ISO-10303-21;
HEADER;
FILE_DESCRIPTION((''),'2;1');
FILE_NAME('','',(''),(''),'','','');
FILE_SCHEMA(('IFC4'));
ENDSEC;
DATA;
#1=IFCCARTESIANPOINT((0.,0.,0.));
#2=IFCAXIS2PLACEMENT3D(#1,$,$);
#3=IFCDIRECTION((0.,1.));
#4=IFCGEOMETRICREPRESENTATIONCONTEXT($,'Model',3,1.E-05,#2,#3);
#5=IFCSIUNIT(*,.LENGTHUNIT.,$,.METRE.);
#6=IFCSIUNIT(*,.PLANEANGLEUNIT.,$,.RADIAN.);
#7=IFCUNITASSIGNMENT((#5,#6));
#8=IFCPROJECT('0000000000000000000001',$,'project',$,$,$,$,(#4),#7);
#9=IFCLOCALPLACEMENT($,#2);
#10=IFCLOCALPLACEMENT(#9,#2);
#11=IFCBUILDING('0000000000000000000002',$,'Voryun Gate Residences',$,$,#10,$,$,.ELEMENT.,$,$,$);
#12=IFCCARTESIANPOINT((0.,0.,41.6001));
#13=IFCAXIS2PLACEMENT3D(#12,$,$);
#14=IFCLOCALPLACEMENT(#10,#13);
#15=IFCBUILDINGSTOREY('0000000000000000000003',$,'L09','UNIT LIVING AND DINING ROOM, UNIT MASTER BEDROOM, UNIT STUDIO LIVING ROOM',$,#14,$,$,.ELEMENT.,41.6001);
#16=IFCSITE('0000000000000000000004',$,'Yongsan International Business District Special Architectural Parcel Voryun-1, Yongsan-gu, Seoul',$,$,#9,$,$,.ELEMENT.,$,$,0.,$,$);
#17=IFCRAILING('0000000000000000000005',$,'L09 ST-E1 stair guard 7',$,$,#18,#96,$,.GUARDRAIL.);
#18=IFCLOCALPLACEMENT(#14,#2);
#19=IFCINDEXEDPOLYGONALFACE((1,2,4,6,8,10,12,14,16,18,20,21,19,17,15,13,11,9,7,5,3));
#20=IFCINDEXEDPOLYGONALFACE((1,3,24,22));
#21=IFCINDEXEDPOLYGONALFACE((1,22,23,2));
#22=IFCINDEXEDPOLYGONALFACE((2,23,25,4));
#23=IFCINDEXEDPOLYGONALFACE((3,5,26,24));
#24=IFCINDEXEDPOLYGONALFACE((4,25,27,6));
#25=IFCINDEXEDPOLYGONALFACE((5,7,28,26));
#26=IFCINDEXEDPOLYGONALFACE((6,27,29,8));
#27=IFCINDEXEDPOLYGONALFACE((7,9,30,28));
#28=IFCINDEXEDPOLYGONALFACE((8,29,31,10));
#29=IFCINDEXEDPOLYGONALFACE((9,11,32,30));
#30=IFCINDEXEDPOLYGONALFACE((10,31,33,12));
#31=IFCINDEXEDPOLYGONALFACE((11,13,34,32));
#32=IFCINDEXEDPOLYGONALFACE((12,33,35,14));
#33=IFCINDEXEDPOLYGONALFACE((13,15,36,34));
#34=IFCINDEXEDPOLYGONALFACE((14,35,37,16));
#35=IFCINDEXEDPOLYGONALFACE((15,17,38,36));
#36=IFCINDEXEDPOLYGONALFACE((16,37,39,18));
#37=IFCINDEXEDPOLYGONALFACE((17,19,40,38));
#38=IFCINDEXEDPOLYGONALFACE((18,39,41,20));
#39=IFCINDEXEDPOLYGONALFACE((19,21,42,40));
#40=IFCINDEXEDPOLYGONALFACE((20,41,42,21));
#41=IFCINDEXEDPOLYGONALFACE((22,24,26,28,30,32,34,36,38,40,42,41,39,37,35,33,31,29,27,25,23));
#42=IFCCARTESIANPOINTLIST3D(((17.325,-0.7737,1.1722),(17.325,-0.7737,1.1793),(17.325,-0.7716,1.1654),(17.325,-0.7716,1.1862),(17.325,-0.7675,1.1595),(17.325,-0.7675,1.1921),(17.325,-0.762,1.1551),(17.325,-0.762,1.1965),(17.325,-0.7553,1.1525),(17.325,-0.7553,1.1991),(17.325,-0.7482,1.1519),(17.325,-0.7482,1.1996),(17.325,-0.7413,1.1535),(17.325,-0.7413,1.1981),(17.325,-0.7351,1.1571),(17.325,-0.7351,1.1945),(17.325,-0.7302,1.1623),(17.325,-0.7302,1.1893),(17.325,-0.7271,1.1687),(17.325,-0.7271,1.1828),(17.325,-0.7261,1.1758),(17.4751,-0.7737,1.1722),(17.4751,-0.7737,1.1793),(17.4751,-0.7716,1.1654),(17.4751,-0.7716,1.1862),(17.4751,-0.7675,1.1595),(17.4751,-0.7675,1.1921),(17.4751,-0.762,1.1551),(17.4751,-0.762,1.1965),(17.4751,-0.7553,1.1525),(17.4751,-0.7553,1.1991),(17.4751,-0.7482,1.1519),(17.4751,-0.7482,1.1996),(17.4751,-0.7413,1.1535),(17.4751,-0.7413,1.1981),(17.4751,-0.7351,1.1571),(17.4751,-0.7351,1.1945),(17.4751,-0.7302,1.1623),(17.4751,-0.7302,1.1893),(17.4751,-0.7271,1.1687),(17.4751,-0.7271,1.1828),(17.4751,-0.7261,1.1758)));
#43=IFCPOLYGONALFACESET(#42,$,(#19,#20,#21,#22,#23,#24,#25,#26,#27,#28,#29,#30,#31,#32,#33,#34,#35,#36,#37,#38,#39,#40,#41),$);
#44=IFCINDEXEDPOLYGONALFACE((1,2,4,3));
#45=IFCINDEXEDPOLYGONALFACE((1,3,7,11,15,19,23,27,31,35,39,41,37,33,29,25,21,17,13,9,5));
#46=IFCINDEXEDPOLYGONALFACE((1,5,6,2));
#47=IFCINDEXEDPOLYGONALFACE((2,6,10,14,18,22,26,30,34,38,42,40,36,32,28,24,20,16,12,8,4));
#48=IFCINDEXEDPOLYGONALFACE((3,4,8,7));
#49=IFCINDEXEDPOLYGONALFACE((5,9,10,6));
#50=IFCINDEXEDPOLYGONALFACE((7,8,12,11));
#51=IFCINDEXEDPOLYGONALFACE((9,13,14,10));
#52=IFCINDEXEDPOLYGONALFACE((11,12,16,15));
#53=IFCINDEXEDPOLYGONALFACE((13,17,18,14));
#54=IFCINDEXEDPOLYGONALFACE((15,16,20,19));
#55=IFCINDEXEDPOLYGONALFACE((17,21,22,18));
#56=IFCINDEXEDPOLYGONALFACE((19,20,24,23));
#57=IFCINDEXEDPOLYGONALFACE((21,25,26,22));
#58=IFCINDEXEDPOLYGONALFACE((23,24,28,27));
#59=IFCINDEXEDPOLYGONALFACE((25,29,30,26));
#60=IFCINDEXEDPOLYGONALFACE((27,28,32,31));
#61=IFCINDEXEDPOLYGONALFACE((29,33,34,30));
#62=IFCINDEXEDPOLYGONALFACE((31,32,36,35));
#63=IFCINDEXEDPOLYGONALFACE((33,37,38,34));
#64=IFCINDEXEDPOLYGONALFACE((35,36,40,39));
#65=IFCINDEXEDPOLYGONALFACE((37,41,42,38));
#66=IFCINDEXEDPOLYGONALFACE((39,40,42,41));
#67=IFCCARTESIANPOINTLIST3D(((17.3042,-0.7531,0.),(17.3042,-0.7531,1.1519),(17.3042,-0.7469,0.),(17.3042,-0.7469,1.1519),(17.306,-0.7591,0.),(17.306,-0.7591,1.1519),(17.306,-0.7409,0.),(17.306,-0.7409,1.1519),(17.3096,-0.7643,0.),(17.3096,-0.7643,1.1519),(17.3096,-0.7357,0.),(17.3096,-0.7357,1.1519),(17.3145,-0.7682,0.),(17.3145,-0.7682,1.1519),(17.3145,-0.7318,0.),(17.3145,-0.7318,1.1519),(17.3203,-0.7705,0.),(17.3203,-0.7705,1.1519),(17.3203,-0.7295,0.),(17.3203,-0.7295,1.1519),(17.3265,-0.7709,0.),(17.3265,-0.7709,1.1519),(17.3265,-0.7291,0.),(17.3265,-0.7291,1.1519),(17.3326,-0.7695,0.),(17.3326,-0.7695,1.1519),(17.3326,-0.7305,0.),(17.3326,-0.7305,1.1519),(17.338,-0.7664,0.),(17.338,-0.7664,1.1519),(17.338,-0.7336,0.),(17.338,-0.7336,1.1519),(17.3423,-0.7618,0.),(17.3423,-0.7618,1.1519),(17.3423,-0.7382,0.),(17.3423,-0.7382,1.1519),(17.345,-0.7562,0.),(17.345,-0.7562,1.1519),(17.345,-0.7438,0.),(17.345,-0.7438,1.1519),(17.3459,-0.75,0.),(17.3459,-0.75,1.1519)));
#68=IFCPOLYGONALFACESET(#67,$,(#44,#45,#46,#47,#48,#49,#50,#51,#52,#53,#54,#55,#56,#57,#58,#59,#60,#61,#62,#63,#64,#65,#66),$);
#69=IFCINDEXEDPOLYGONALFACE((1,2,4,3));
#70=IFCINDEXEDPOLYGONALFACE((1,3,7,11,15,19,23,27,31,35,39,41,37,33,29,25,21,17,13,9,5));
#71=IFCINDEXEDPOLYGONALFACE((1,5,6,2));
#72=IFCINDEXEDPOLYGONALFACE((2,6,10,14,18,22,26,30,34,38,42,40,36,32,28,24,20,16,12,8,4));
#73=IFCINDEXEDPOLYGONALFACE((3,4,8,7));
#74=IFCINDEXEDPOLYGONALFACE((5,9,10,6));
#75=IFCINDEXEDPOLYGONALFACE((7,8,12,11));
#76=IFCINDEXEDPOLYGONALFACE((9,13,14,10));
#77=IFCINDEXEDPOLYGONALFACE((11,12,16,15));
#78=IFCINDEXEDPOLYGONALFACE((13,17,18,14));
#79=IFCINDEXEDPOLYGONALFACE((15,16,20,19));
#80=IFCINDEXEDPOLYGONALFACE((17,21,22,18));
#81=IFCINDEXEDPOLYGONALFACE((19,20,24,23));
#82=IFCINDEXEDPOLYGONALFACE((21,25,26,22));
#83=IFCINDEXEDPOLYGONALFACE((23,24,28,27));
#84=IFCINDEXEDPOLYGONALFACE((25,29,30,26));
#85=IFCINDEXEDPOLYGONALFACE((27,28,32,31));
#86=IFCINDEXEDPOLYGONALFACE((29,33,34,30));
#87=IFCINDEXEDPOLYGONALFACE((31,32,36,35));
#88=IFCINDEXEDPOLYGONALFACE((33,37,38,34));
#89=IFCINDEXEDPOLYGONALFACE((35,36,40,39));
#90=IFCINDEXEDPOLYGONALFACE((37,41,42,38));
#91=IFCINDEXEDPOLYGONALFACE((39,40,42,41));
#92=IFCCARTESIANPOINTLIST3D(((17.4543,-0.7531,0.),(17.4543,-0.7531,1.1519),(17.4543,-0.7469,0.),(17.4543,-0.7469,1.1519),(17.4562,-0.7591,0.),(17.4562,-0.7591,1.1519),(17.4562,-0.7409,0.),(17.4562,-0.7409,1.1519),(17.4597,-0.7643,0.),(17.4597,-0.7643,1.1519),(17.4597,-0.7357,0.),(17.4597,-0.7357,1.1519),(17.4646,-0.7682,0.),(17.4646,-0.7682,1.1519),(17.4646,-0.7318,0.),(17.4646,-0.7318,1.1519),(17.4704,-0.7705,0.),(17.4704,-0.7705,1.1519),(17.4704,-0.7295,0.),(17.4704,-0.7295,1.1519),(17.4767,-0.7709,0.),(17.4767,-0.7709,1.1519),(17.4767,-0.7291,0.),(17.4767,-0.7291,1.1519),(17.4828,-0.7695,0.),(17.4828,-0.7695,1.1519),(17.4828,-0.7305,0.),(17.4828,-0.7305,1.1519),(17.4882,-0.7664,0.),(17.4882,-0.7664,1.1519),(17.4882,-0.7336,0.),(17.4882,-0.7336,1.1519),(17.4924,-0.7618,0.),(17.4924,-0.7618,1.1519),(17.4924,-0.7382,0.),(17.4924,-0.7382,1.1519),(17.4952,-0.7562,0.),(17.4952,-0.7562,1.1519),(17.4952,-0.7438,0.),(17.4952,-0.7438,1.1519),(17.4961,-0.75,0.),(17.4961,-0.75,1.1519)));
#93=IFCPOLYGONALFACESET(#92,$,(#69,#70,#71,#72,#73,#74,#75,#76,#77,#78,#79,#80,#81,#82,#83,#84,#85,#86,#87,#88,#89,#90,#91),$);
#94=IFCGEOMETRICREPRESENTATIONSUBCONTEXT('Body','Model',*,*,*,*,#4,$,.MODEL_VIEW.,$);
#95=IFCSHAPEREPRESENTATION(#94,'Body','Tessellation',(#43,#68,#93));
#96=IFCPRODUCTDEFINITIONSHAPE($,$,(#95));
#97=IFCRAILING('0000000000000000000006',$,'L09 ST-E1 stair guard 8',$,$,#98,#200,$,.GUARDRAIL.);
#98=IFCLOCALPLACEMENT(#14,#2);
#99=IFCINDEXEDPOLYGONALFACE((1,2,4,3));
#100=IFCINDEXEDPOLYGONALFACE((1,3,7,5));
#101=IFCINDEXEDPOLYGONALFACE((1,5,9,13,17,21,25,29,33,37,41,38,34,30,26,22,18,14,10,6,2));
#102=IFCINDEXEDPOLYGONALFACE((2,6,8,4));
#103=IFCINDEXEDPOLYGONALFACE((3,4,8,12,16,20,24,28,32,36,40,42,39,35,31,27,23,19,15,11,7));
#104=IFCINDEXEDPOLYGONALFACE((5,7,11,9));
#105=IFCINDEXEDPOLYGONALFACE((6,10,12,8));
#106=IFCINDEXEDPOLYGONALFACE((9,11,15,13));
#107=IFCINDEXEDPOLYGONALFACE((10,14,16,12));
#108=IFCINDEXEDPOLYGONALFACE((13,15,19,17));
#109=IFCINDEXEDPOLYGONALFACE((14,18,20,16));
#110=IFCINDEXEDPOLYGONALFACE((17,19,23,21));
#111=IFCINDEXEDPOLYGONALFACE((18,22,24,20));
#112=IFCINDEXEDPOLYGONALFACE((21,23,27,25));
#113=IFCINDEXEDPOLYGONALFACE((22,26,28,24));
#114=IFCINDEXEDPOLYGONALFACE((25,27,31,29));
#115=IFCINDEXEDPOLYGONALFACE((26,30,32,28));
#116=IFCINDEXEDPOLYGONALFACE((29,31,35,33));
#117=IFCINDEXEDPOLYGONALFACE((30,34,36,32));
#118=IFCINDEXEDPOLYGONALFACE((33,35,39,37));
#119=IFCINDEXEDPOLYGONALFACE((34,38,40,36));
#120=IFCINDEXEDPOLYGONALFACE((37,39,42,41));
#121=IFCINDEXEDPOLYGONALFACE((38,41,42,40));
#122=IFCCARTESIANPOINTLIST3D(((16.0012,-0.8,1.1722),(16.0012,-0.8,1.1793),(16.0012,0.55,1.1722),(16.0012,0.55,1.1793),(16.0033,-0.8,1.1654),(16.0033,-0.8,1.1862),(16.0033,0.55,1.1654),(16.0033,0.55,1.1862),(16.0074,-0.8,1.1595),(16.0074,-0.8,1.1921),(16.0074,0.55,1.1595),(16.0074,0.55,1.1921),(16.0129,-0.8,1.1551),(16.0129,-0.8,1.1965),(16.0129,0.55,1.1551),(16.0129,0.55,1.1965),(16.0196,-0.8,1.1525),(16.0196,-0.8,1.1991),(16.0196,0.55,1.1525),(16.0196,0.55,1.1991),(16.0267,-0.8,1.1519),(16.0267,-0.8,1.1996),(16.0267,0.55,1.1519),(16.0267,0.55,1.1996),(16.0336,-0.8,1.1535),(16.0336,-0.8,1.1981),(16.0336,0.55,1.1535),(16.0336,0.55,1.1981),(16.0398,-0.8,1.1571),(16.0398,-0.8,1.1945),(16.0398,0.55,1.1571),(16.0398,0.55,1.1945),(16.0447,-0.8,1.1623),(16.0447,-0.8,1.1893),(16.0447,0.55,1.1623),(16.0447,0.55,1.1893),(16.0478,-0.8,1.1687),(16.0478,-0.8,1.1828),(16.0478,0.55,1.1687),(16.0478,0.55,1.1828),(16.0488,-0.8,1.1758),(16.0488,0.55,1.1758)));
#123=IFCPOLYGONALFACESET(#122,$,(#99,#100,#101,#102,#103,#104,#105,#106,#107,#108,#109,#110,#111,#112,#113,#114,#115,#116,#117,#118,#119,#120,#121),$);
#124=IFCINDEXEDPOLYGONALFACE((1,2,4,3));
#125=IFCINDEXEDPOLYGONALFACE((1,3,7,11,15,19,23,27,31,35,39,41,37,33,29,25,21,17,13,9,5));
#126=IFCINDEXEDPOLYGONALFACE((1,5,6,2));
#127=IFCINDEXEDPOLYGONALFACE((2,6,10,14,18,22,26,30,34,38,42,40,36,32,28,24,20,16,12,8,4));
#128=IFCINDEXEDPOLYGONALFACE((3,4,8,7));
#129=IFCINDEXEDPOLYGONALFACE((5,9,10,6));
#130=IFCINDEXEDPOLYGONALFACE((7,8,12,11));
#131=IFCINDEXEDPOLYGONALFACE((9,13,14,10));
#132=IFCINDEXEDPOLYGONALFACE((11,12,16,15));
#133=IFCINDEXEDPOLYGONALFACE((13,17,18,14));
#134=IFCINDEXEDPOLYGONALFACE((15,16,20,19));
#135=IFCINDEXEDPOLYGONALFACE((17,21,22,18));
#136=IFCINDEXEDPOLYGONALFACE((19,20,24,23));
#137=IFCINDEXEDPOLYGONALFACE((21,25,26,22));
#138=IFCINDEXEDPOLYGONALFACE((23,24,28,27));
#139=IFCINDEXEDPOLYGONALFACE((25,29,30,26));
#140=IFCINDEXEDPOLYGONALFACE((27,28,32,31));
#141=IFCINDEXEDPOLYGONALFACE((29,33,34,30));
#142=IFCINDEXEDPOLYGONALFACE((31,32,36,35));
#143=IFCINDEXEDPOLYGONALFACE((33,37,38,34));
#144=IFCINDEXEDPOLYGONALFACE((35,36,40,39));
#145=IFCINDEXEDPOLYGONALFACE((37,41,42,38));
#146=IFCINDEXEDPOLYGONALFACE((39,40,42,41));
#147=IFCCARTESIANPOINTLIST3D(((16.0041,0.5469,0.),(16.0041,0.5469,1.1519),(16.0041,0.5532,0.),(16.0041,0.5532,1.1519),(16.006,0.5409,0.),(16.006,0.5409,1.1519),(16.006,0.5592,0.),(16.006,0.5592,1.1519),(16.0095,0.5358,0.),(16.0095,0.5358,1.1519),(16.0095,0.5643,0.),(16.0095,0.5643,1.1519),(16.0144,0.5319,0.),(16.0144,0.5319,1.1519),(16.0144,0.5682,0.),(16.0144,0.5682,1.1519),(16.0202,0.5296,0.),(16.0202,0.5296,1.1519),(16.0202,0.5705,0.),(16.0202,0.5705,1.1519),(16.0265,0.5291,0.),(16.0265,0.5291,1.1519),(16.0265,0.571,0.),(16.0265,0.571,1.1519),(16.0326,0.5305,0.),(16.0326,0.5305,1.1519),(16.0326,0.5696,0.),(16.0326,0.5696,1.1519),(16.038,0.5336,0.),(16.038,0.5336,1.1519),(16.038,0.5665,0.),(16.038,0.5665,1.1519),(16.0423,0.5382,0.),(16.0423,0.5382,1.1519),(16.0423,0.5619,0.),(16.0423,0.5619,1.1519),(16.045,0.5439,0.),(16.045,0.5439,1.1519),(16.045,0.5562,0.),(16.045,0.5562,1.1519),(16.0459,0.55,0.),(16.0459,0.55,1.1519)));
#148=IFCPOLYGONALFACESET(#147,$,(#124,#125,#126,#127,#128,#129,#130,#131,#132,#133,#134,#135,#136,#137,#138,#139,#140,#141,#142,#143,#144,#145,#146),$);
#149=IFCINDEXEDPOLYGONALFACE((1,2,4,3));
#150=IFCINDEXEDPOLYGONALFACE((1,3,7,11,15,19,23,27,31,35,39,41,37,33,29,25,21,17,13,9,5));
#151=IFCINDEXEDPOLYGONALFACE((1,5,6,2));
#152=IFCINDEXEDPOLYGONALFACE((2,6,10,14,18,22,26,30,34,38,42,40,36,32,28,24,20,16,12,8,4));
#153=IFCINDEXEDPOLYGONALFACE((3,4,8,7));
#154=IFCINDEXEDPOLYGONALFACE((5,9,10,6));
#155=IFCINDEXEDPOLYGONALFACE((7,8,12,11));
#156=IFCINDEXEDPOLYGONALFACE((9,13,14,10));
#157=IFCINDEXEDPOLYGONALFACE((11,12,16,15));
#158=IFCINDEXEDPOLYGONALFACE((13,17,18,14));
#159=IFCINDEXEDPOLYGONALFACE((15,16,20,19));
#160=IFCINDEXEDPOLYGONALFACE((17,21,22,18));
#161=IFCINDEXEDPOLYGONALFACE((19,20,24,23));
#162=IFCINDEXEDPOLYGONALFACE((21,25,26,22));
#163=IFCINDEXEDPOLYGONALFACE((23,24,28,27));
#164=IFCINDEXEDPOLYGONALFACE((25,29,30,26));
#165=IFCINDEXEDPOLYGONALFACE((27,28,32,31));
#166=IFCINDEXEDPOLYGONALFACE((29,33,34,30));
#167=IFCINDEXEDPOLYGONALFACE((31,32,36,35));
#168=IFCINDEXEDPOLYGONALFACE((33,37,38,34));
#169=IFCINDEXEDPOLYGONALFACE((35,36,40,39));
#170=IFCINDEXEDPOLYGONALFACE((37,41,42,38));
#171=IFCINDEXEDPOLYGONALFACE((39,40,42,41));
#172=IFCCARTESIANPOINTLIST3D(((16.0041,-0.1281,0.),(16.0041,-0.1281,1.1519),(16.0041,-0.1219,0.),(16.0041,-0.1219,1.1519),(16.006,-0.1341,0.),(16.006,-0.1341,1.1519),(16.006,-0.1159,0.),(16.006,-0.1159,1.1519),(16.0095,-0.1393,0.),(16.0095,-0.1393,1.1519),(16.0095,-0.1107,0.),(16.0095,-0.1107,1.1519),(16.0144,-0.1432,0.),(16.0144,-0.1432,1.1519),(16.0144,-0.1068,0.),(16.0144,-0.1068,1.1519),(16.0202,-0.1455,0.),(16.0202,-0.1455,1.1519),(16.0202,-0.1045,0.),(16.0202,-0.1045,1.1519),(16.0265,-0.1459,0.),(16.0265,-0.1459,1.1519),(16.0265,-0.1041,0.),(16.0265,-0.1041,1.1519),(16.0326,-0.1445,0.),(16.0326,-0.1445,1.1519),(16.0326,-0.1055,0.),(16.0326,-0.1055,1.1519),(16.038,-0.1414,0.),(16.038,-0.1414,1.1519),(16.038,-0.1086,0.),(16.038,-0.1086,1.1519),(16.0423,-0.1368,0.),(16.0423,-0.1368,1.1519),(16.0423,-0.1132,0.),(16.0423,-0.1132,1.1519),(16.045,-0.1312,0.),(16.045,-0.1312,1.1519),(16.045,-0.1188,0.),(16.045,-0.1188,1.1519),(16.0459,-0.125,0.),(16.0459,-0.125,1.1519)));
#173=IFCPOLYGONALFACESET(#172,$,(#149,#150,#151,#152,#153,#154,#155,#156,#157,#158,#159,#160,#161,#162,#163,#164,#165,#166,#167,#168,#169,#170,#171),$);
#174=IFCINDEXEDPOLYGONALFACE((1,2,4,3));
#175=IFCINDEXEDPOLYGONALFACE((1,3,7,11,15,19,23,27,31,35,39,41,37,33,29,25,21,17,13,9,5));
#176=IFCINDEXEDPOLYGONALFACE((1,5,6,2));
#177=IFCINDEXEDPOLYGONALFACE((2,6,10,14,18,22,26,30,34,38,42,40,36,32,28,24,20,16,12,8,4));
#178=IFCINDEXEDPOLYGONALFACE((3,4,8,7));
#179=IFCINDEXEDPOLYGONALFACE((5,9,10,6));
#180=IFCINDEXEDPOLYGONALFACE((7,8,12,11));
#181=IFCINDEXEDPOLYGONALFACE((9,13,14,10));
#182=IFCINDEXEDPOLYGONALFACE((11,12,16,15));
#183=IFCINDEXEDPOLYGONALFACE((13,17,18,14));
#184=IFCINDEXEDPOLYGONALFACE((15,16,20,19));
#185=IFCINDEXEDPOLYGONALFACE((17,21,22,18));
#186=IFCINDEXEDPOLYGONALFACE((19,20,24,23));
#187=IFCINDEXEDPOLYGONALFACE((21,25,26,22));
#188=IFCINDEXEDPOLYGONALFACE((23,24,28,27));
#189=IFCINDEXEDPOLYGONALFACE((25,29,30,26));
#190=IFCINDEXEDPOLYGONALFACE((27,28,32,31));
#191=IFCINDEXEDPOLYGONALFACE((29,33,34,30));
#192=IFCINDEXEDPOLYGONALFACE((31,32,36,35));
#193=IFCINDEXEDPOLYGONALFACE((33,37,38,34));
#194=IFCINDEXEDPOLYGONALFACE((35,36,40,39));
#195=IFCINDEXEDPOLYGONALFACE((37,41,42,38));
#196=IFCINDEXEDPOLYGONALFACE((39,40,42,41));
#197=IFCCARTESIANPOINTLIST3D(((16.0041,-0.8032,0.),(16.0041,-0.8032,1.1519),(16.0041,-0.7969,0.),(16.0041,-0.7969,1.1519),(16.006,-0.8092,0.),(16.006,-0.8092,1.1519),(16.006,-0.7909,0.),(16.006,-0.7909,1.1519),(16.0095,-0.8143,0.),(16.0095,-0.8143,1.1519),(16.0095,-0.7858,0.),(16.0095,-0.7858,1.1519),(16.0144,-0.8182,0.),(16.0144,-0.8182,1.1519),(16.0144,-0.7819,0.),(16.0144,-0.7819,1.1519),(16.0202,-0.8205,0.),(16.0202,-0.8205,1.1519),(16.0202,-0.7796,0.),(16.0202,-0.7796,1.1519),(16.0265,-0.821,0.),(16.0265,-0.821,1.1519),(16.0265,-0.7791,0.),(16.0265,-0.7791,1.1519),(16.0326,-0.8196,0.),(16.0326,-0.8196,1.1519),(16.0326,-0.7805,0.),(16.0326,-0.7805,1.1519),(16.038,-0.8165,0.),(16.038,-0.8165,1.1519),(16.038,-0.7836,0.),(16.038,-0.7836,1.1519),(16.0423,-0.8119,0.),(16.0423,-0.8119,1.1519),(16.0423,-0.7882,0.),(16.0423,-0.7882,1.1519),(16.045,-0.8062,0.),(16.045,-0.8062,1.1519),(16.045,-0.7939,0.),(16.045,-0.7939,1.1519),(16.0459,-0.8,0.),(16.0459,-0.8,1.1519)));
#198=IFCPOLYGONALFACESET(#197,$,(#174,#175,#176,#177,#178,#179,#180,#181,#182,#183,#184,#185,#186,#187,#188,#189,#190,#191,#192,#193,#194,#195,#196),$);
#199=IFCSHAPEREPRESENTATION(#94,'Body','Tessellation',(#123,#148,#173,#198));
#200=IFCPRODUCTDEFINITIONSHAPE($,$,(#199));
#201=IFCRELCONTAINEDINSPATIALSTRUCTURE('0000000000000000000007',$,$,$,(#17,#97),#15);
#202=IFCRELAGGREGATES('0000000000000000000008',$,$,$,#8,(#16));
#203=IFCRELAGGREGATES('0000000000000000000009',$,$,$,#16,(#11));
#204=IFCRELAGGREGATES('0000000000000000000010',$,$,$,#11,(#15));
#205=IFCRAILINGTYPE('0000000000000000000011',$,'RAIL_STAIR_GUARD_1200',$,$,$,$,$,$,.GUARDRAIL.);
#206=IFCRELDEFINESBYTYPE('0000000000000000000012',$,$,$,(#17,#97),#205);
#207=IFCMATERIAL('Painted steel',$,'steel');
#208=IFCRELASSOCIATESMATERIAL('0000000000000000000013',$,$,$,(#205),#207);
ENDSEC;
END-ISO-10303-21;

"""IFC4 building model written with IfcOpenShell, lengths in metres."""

from ifc_helpers import new_model, si_unit, direction, frame, origin, origin_2d, place, context, subcontext, project, spatial, circle, extrude, material, type_object, element, save


model = new_model("IFC4")

# Units and contexts
model_context = context("Model", 3, precision=1e-05, world=origin(), true_north=direction((0.0, 1.0)))
body_context = subcontext(model_context, "Body", "Model", "MODEL_VIEW")
ifc_project = project(units=[si_unit("LENGTHUNIT", "METRE"), si_unit("PLANEANGLEUNIT", "RADIAN")], contexts=[model_context])

# Site, building, storey
site_placement = place(None, origin())
site = spatial("IfcSite", under=ifc_project, at=site_placement, Name="Yongsan International Business District Special Architectural Parcel Voryun-1, Yongsan-gu, Seoul", CompositionType="ELEMENT", RefElevation=0.0)
building_placement = place(site_placement, origin())
building = spatial("IfcBuilding", under=site, at=building_placement, Name="Voryun Gate Residences", CompositionType="ELEMENT")
storey_placement = place(building_placement, frame((0.0, 0.0, 41.6001)))
storey = spatial("IfcBuildingStorey", under=building, at=storey_placement, Name="L09", Description="UNIT LIVING AND DINING ROOM, UNIT MASTER BEDROOM, UNIT STUDIO LIVING ROOM", CompositionType="ELEMENT", Elevation=41.6001)

# Railings
ifc_material_1 = material(Name="Painted steel", Category="steel")
railing_type = type_object("IfcRailingType", Name="RAIL_STAIR_GUARD_1200", PredefinedType="GUARDRAIL", material=ifc_material_1)
railing_1_placement = place(storey_placement, frame((17.325, -0.75, 0.0)))
element("IfcRailing", 1, at=railing_1_placement, inside=storey, type_object=railing_type, Name="L09 ST-E1 stair guard 7", PredefinedType="GUARDRAIL", context=body_context, shape_type="SweptSolid", body=[
    extrude(circle(Radius=0.0239, at=origin_2d()), frame((0.0, 0.0, 1.1758), z_axis=(1.0, 0.0, 0.0), x_axis=(0.0, 1.0, 0.0)), (0.0, 0.0, 1.0), 0.1501),
    extrude(circle(Radius=0.021, at=origin_2d()), origin(), (0.0, 0.0, 1.0), 1.1519),
    extrude(circle(Radius=0.021, at=origin_2d()), frame((0.1501, 0.0, 0.0)), (0.0, 0.0, 1.0), 1.1519),
])
for number, where, name in (
    (2, (16.0249, 0.55, 0.0), "L09 ST-E1 stair guard 8"),
):
    element("IfcRailing", number, at=place(storey_placement, frame(where)), inside=storey, type_object=railing_type, Name=name, PredefinedType="GUARDRAIL", context=body_context, shape_type="SweptSolid", body=[
        extrude(circle(Radius=0.0239, at=origin_2d()), frame((0.0, 0.0, 1.1758), z_axis=(0.0, -1.0, 0.0), x_axis=(1.0, 0.0, 0.0)), (0.0, 0.0, 1.0), 1.3501),
        extrude(circle(Radius=0.021, at=origin_2d()), origin(), (0.0, 0.0, 1.0), 1.1519),
        extrude(circle(Radius=0.021, at=origin_2d()), frame((0.0, -0.675, 0.0)), (0.0, 0.0, 1.0), 1.1519),
        extrude(circle(Radius=0.021, at=origin_2d()), frame((0.0, -1.3501, 0.0)), (0.0, 0.0, 1.0), 1.1519),
    ])

save(model, "model.ifc")
